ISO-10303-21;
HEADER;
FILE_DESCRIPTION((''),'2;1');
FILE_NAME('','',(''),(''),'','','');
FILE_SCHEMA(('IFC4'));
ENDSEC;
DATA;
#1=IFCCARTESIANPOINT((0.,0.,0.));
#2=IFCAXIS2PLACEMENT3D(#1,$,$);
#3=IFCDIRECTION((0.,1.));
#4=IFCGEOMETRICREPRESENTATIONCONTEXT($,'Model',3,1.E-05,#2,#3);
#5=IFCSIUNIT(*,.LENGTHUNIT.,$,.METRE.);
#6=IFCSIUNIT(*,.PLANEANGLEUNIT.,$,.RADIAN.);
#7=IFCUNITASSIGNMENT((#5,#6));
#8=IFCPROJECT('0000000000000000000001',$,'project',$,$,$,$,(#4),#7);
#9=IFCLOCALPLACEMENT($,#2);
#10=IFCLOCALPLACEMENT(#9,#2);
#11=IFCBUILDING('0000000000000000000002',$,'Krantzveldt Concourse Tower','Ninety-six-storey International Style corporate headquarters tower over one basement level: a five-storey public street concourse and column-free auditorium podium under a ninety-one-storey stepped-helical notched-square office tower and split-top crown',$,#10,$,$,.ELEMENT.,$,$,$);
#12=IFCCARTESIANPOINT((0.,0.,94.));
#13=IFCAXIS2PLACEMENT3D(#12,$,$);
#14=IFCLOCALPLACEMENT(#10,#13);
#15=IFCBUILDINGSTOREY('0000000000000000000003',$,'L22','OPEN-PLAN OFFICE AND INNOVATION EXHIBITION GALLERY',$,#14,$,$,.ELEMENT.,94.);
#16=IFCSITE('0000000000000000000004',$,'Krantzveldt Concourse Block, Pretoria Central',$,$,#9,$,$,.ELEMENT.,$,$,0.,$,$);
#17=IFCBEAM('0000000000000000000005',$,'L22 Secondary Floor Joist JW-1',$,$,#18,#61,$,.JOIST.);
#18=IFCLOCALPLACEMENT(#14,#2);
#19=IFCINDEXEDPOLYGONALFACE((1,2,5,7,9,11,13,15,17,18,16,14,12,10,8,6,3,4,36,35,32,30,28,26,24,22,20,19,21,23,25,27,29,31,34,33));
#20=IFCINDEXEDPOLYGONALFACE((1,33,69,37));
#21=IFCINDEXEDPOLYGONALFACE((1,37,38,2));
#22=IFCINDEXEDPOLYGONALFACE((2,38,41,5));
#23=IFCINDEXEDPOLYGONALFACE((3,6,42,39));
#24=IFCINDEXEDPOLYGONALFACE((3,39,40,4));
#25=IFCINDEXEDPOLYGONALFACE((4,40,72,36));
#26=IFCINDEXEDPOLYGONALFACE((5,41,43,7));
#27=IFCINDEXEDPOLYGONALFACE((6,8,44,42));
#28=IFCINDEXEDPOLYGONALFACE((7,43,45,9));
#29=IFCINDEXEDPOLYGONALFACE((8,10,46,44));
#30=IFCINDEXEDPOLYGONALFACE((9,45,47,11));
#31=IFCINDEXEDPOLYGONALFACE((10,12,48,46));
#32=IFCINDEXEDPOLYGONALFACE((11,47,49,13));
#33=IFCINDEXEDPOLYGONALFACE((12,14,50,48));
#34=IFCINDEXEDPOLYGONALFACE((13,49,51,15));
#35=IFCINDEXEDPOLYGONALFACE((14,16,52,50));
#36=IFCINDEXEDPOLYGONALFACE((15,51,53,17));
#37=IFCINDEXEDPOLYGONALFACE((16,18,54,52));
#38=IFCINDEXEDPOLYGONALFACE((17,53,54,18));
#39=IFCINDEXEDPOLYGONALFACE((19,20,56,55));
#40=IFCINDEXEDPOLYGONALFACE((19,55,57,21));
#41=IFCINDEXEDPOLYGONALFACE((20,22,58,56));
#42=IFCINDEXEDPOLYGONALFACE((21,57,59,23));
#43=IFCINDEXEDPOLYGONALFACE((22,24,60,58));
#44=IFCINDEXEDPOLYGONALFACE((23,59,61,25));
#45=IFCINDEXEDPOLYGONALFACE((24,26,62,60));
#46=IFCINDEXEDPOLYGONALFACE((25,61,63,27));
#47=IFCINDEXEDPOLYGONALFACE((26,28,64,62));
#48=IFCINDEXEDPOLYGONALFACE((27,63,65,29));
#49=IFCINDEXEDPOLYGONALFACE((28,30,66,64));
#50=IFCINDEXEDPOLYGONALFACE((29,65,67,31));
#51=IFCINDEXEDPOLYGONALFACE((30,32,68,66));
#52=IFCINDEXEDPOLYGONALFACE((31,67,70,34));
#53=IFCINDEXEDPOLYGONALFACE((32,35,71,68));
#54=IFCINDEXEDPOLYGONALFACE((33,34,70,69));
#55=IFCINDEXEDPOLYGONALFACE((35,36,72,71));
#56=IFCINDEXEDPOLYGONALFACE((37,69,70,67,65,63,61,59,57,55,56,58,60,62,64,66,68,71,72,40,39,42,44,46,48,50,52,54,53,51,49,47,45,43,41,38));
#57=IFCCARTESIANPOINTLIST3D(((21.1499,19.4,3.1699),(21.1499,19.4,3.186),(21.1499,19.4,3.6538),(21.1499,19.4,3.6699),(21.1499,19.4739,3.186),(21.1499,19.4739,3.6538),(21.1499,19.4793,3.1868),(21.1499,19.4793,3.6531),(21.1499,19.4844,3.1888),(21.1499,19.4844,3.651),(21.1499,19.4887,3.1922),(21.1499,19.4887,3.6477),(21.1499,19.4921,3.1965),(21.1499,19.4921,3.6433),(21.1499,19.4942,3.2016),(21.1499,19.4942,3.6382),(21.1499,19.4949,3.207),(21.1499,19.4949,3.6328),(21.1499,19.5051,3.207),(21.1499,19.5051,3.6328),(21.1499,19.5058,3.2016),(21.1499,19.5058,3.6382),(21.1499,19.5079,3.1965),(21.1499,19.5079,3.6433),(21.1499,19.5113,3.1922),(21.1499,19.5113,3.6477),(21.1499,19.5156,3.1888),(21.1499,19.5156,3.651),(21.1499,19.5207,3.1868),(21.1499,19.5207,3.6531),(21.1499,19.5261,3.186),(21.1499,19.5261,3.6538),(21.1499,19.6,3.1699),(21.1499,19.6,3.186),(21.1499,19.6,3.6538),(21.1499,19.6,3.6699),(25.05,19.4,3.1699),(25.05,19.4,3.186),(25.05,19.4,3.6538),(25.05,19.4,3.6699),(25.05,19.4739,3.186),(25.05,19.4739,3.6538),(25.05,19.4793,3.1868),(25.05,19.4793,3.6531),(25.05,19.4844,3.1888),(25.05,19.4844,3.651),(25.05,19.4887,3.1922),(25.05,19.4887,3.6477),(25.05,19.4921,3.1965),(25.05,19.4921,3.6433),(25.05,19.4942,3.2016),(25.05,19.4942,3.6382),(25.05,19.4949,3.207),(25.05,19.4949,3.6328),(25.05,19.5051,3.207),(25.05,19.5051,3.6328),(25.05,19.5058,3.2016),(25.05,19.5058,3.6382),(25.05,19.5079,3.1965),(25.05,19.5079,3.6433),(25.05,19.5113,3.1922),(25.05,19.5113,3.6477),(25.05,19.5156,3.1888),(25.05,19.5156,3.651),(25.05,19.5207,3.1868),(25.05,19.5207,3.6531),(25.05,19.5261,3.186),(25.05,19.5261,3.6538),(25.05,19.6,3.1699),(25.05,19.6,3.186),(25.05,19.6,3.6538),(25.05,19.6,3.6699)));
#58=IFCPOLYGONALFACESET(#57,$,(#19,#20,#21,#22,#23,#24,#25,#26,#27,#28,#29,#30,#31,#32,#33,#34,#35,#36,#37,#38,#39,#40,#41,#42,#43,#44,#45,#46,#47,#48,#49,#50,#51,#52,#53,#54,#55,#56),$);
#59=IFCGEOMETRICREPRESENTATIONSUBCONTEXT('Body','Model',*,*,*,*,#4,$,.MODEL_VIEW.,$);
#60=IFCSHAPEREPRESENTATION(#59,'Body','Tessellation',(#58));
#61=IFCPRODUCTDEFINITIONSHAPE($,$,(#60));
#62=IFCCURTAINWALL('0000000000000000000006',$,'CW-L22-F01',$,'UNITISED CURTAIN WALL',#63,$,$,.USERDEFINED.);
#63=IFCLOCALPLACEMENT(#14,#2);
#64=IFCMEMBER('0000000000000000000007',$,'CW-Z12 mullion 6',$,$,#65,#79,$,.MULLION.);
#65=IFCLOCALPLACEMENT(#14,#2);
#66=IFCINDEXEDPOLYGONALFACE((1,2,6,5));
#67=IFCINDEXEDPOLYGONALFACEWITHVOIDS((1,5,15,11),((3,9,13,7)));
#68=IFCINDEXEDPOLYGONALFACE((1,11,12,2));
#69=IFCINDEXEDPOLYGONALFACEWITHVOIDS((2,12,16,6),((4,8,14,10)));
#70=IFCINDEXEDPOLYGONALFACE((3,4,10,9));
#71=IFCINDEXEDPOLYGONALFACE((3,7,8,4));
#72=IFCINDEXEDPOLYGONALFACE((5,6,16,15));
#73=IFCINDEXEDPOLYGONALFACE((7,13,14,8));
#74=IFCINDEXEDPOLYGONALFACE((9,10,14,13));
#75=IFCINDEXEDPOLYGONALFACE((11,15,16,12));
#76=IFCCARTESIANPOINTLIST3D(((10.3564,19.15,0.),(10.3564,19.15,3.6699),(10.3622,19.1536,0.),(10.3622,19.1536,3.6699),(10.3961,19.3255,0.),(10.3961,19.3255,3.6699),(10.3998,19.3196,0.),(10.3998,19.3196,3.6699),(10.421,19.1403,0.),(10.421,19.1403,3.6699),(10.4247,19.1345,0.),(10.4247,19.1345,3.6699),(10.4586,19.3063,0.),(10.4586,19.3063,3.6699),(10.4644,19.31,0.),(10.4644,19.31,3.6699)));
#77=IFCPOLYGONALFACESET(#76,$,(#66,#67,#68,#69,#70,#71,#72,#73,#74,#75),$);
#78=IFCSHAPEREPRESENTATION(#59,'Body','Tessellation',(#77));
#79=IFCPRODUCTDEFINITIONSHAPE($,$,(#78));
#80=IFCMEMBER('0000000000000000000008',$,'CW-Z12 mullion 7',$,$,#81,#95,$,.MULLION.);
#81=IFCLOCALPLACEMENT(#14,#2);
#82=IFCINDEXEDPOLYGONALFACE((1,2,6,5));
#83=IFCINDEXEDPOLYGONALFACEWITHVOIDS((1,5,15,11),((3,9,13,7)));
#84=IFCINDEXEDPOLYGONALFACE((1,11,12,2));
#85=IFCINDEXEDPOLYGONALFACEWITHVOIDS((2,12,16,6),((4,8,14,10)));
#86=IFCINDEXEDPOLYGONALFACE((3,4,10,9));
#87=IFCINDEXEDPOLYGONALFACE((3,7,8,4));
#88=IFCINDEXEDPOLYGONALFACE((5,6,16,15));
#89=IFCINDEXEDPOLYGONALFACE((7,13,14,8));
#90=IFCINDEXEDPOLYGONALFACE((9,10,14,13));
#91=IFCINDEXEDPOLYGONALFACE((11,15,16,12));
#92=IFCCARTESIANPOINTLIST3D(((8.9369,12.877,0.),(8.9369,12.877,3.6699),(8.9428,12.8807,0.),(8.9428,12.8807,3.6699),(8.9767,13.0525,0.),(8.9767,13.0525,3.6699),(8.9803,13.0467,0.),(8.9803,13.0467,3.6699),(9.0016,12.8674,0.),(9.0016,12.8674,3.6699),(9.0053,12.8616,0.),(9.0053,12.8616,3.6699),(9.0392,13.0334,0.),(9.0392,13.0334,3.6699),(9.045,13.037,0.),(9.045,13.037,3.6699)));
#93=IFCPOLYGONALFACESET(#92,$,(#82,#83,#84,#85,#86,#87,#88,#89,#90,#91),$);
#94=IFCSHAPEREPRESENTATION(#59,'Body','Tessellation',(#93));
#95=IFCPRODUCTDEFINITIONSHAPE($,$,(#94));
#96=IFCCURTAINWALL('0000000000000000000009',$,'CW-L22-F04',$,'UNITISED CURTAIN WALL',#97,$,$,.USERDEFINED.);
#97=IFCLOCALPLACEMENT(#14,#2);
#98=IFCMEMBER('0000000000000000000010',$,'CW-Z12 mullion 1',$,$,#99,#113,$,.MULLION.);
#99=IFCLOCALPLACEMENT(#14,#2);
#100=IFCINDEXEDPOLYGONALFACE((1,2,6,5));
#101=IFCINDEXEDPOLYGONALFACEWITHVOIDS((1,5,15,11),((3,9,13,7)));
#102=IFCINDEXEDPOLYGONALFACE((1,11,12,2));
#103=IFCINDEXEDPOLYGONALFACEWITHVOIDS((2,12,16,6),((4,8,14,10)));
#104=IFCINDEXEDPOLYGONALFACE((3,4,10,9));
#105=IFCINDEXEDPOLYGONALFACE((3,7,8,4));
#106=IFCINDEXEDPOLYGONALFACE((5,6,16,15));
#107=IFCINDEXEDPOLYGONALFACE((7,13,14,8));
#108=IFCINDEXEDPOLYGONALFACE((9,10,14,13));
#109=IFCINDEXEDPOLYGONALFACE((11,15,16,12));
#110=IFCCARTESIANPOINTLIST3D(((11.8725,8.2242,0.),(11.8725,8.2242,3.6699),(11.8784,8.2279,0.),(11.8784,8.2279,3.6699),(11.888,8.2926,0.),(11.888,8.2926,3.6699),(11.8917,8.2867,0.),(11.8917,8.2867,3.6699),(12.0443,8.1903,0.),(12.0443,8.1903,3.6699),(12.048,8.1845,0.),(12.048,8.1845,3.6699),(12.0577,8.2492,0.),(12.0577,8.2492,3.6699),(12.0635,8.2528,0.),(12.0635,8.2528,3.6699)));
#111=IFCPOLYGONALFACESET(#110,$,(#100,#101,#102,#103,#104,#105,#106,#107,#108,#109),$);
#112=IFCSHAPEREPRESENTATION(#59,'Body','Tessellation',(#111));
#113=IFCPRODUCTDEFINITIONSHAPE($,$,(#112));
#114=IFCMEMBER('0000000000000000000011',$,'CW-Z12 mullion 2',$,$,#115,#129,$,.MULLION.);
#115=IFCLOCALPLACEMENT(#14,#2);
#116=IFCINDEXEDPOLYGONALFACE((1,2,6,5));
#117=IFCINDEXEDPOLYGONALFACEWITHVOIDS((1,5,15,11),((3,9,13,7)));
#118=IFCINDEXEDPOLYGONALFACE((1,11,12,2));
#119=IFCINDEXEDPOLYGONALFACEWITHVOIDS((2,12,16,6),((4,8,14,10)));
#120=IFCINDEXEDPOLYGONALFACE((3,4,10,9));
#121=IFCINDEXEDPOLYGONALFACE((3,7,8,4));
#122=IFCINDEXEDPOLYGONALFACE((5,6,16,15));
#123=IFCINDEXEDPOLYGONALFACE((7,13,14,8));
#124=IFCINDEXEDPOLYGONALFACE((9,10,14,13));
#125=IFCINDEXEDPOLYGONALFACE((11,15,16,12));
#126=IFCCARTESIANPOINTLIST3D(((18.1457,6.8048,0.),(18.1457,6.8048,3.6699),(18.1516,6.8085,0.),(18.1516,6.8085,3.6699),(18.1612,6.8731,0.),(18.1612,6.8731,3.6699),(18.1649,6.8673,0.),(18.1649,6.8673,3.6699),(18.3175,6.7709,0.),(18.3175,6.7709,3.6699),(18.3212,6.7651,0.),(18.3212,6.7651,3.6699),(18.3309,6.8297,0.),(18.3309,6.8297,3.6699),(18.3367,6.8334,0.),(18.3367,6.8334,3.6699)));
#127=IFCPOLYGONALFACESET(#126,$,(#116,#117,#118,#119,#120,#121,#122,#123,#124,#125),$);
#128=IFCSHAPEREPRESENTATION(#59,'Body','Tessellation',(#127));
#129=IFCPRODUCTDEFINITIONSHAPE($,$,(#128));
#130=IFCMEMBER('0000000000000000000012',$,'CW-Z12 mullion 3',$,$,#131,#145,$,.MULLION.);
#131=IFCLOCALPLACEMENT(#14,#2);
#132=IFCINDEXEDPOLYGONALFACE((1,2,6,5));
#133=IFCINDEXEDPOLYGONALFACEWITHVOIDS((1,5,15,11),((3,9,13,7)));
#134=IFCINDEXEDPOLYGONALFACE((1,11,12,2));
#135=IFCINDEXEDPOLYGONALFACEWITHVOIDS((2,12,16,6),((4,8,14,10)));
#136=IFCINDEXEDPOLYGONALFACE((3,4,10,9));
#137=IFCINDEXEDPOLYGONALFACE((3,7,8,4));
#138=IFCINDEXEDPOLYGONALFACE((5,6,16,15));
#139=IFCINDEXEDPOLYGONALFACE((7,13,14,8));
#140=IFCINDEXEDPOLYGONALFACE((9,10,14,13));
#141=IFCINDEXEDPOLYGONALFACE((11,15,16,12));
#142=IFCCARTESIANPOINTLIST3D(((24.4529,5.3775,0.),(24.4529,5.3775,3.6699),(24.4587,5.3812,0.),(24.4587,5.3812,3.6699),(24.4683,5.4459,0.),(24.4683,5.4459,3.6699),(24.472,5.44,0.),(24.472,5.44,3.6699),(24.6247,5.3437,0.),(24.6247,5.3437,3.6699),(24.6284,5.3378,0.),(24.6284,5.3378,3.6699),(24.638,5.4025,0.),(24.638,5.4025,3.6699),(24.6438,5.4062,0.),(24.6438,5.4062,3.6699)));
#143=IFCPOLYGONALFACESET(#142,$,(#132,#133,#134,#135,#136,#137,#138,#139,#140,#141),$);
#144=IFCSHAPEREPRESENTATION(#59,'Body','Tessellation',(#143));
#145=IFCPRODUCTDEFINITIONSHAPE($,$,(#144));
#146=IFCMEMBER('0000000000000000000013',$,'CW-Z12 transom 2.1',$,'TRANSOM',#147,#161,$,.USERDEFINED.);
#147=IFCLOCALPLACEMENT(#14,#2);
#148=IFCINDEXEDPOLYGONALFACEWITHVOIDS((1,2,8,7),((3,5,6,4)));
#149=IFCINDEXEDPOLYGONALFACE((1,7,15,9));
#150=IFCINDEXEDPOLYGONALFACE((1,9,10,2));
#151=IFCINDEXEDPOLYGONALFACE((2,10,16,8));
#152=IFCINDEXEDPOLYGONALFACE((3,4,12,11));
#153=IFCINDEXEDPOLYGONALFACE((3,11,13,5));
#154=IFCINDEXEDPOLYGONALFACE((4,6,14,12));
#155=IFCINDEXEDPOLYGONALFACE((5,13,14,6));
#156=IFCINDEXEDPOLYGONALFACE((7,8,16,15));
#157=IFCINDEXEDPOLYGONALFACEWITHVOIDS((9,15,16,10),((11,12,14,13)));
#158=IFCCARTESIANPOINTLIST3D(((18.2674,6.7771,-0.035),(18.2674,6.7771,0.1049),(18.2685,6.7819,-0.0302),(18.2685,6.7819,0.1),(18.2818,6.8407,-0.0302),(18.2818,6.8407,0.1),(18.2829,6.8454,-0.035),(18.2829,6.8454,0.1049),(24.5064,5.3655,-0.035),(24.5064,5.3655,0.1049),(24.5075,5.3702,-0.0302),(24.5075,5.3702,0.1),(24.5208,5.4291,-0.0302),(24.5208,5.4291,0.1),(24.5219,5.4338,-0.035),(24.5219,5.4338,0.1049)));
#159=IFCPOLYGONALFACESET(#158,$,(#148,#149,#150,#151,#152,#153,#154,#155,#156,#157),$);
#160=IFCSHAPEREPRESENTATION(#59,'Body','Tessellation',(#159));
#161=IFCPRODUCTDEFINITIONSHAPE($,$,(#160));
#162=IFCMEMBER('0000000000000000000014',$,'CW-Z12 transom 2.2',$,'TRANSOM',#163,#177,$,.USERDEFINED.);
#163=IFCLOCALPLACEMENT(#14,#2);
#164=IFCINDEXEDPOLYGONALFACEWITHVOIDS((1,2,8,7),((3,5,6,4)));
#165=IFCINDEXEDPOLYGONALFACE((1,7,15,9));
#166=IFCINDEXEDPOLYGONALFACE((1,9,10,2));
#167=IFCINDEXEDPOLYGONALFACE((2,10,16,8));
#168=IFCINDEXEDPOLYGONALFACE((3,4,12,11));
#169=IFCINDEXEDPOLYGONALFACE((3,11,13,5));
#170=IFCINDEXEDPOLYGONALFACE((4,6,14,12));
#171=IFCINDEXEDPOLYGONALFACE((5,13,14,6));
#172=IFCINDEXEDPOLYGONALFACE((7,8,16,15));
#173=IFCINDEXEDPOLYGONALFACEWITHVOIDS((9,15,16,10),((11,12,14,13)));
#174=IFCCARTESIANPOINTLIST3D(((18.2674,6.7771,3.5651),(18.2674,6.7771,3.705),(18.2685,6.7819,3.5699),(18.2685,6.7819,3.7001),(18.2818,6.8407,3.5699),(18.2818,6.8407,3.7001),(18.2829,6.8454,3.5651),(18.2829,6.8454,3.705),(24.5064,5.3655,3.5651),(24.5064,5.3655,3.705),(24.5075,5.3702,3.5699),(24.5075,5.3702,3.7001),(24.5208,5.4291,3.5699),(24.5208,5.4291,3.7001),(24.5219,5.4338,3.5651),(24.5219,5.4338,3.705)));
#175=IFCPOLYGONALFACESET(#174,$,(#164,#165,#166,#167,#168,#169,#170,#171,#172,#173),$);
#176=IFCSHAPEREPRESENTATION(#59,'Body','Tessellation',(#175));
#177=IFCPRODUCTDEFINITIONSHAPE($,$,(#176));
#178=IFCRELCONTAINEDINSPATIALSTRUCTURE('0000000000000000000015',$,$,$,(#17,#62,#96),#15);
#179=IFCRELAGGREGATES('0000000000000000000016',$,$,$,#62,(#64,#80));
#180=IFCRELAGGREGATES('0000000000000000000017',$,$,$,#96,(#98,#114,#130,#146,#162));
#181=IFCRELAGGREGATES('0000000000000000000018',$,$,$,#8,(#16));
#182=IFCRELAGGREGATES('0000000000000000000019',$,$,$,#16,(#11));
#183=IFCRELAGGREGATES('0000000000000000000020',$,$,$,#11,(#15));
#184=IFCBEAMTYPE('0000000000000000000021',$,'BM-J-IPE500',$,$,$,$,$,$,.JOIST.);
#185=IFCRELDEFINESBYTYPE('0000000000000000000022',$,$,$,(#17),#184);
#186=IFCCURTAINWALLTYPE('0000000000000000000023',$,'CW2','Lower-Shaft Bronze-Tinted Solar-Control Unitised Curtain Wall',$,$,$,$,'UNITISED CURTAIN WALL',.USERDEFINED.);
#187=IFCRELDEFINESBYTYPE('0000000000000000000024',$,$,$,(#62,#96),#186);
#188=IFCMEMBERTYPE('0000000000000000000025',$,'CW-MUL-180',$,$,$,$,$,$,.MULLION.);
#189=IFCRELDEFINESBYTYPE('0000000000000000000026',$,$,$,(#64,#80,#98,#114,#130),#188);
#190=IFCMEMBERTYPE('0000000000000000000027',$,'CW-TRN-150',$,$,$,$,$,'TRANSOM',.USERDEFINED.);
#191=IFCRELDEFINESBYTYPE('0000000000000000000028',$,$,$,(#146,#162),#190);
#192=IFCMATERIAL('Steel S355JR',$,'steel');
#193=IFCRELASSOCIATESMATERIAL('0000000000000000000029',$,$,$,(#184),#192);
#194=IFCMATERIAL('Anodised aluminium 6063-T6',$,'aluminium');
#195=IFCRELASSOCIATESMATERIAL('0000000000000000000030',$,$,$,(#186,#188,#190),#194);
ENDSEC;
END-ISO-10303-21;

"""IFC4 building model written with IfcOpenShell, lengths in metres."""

from ifc_helpers import new_model, si_unit, direction, frame, origin, origin_2d, place, context, subcontext, project, spatial, hollow_rectangle, i_section, extrude, source, transform, mapped, material, material_profile, profile_set, type_object, type_shapes, element, aggregate, save


model = new_model("IFC4")

# Units and contexts
model_context = context("Model", 3, precision=1e-05, world=origin(), true_north=direction((0.0, 1.0)))
body_context = subcontext(model_context, "Body", "Model", "MODEL_VIEW")
ifc_project = project(units=[si_unit("LENGTHUNIT", "METRE"), si_unit("PLANEANGLEUNIT", "RADIAN")], contexts=[model_context])

# Site, building, storey
site_placement = place(None, origin())
site = spatial("IfcSite", under=ifc_project, at=site_placement, Name="Krantzveldt Concourse Block, Pretoria Central", CompositionType="ELEMENT", RefElevation=0.0)
building_placement = place(site_placement, origin())
building = spatial("IfcBuilding", under=site, at=building_placement, Name="Krantzveldt Concourse Tower", Description="Ninety-six-storey International Style corporate headquarters tower over one basement level: a five-storey public street concourse and column-free auditorium podium under a ninety-one-storey stepped-helical notched-square office tower and split-top crown", CompositionType="ELEMENT")
storey_placement = place(building_placement, frame((0.0, 0.0, 94.0)))
storey = spatial("IfcBuildingStorey", under=building, at=storey_placement, Name="L22", Description="OPEN-PLAN OFFICE AND INNOVATION EXHIBITION GALLERY", CompositionType="ELEMENT", Elevation=94.0)

# Beam
ifc_material_1 = material(Name="Steel S355JR", Category="steel")
ifc_material_profile_1 = material_profile(ifc_material_1, i_section(OverallWidth=0.2, OverallDepth=0.5, WebThickness=0.0103, FlangeThickness=0.0161, FilletRadius=0.021, at=origin_2d()), Name="Steel S355JR", Category="steel")
ifc_profile_set_1 = profile_set([ifc_material_profile_1], Name="Steel S355JR - IPE 500")
beam_type_1 = type_object("IfcBeamType", Name="BM-J-IPE500", PredefinedType="JOIST", material=ifc_profile_set_1)
shared_shape_1 = source(origin(), body_context, "Body", "SweptSolid", [
    extrude(i_section(OverallWidth=0.2, OverallDepth=0.5, WebThickness=0.0103, FlangeThickness=0.0161, FilletRadius=0.021, at=origin_2d()), origin(), (0.0, 0.0, 1.0), 3.9001),
])
type_shapes(beam_type_1, [shared_shape_1])
beam_1_placement = place(storey_placement, frame((21.1499, 19.5, 3.4199), z_axis=(1.0, 0.0, 0.0), x_axis=(0.0, 1.0, 0.0)))
element("IfcBeam", 1, at=beam_1_placement, inside=storey, type_object=beam_type_1, Name="L22 Secondary Floor Joist JW-1", PredefinedType="JOIST", context=body_context, shape_type="MappedRepresentation", body=[
    mapped(shared_shape_1, transform((0.0, 0.0, 0.0), x_axis=(1.0, 0.0, 0.0), y_axis=(0.0, 1.0, 0.0), z_axis=(0.0, 0.0, 1.0), scale=1.0)),
])

# Curtain walls, members
ifc_material_2 = material(Name="Anodised aluminium 6063-T6", Category="aluminium")
curtain_wall_type = type_object("IfcCurtainWallType", Name="CW2", Description="Lower-Shaft Bronze-Tinted Solar-Control Unitised Curtain Wall", ElementType="UNITISED CURTAIN WALL", PredefinedType="USERDEFINED", material=ifc_material_2)
curtain_wall_1_placement = place(storey_placement, origin())
curtain_wall_1 = element("IfcCurtainWall", 2, at=curtain_wall_1_placement, inside=storey, type_object=curtain_wall_type, Name="CW-L22-F01", ObjectType="UNITISED CURTAIN WALL", PredefinedType="USERDEFINED")
ifc_material_profile_2 = material_profile(ifc_material_2, hollow_rectangle(XDim=0.0701, YDim=0.1799, WallThickness=0.0049, at=origin_2d()), Name="Anodised aluminium 6063-T6", Category="aluminium")
ifc_profile_set_2 = profile_set([ifc_material_profile_2], Name="Anodised aluminium 6063-T6 - ALU-MULL 180x70x5")
member_type_1 = type_object("IfcMemberType", Name="CW-MUL-180", PredefinedType="MULLION", material=ifc_profile_set_2)
shared_shape_2 = source(origin(), body_context, "Body", "SweptSolid", [
    extrude(hollow_rectangle(XDim=0.0701, YDim=0.1799, WallThickness=0.0049, at=origin_2d()), origin(), (0.0, 0.0, 1.0), 3.6699),
])
type_shapes(member_type_1, [shared_shape_2])
member_1_placement = place(storey_placement, frame((10.4104, 19.23, 0.0), z_axis=(0.0, 0.0, 1.0), x_axis=(0.975342, -0.220697, 0.0)))
member_1 = element("IfcMember", 3, at=member_1_placement, type_object=member_type_1, Name="CW-Z12 mullion 6", PredefinedType="MULLION", context=body_context, shape_type="MappedRepresentation", body=[
    mapped(shared_shape_2, transform((0.0, 0.0, 0.0), x_axis=(1.0, 0.0, 0.0), y_axis=(0.0, 1.0, 0.0), z_axis=(0.0, 0.0, 1.0), scale=1.0)),
])
member_2_placement = place(storey_placement, frame((8.991, 12.957, 0.0), z_axis=(0.0, 0.0, 1.0), x_axis=(0.975342, -0.220697, 0.0)))
member_2 = element("IfcMember", 4, at=member_2_placement, type_object=member_type_1, Name="CW-Z12 mullion 7", PredefinedType="MULLION", context=body_context, shape_type="MappedRepresentation", body=[
    mapped(shared_shape_2, transform((0.0, 0.0, 0.0), x_axis=(1.0, 0.0, 0.0), y_axis=(0.0, 1.0, 0.0), z_axis=(0.0, 0.0, 1.0), scale=1.0)),
])
curtain_wall_2_placement = place(storey_placement, origin())
curtain_wall_2 = element("IfcCurtainWall", 5, at=curtain_wall_2_placement, inside=storey, type_object=curtain_wall_type, Name="CW-L22-F04", ObjectType="UNITISED CURTAIN WALL", PredefinedType="USERDEFINED")
member_3_placement = place(storey_placement, frame((11.968, 8.2385, 0.0), z_axis=(0.0, 0.0, 1.0), x_axis=(0.220697, 0.975342, 0.0)))
member_3 = element("IfcMember", 6, at=member_3_placement, type_object=member_type_1, Name="CW-Z12 mullion 1", PredefinedType="MULLION", context=body_context, shape_type="MappedRepresentation", body=[
    mapped(shared_shape_2, transform((0.0, 0.0, 0.0), x_axis=(1.0, 0.0, 0.0), y_axis=(0.0, 1.0, 0.0), z_axis=(0.0, 0.0, 1.0), scale=1.0)),
])
member_4_placement = place(storey_placement, frame((18.2412, 6.8191, 0.0), z_axis=(0.0, 0.0, 1.0), x_axis=(0.220697, 0.975342, 0.0)))
member_4 = element("IfcMember", 7, at=member_4_placement, type_object=member_type_1, Name="CW-Z12 mullion 2", PredefinedType="MULLION", context=body_context, shape_type="MappedRepresentation", body=[
    mapped(shared_shape_2, transform((0.0, 0.0, 0.0), x_axis=(1.0, 0.0, 0.0), y_axis=(0.0, 1.0, 0.0), z_axis=(0.0, 0.0, 1.0), scale=1.0)),
])
member_5_placement = place(storey_placement, frame((24.5483, 5.3918, 0.0), z_axis=(0.0, 0.0, 1.0), x_axis=(0.220697, 0.975342, 0.0)))
member_5 = element("IfcMember", 8, at=member_5_placement, type_object=member_type_1, Name="CW-Z12 mullion 3", PredefinedType="MULLION", context=body_context, shape_type="MappedRepresentation", body=[
    mapped(shared_shape_2, transform((0.0, 0.0, 0.0), x_axis=(1.0, 0.0, 0.0), y_axis=(0.0, 1.0, 0.0), z_axis=(0.0, 0.0, 1.0), scale=1.0)),
])
ifc_material_profile_3 = material_profile(ifc_material_2, hollow_rectangle(XDim=0.0701, YDim=0.1399, WallThickness=0.0049, at=origin_2d()), Name="Anodised aluminium 6063-T6", Category="aluminium")
ifc_profile_set_3 = profile_set([ifc_material_profile_3], Name="Anodised aluminium 6063-T6 - ALU-TRAN 140x70x5")
member_type_2 = type_object("IfcMemberType", Name="CW-TRN-150", ElementType="TRANSOM", PredefinedType="USERDEFINED", material=ifc_profile_set_3)
shared_shape_3 = source(origin(), body_context, "Body", "SweptSolid", [
    extrude(hollow_rectangle(XDim=0.0701, YDim=0.1399, WallThickness=0.0049, at=origin_2d()), origin(), (0.0, 0.0, 1.0), 6.3967),
])
member_6_placement = place(storey_placement, frame((18.2751, 6.8113, 0.0349), z_axis=(0.975346, -0.220679, 0.0), x_axis=(0.220679, 0.975346, 0.0)))
member_6 = element("IfcMember", 9, at=member_6_placement, type_object=member_type_2, Name="CW-Z12 transom 2.1", ObjectType="TRANSOM", PredefinedType="USERDEFINED", context=body_context, shape_type="MappedRepresentation", body=[
    mapped(shared_shape_3, transform((0.0, 0.0, 0.0), x_axis=(1.0, 0.0, 0.0), y_axis=(0.0, 1.0, 0.0), z_axis=(0.0, 0.0, 1.0), scale=1.0)),
])
member_7_placement = place(storey_placement, frame((18.2751, 6.8113, 3.635), z_axis=(0.975346, -0.220679, 0.0), x_axis=(0.220679, 0.975346, 0.0)))
member_7 = element("IfcMember", 10, at=member_7_placement, type_object=member_type_2, Name="CW-Z12 transom 2.2", ObjectType="TRANSOM", PredefinedType="USERDEFINED", context=body_context, shape_type="MappedRepresentation", body=[
    mapped(shared_shape_3, transform((0.0, 0.0, 0.0), x_axis=(1.0, 0.0, 0.0), y_axis=(0.0, 1.0, 0.0), z_axis=(0.0, 0.0, 1.0), scale=1.0)),
])

aggregate(curtain_wall_1, [member_1, member_2])
aggregate(curtain_wall_2, [member_3, member_4, member_5, member_6, member_7])

save(model, "model.ifc")
